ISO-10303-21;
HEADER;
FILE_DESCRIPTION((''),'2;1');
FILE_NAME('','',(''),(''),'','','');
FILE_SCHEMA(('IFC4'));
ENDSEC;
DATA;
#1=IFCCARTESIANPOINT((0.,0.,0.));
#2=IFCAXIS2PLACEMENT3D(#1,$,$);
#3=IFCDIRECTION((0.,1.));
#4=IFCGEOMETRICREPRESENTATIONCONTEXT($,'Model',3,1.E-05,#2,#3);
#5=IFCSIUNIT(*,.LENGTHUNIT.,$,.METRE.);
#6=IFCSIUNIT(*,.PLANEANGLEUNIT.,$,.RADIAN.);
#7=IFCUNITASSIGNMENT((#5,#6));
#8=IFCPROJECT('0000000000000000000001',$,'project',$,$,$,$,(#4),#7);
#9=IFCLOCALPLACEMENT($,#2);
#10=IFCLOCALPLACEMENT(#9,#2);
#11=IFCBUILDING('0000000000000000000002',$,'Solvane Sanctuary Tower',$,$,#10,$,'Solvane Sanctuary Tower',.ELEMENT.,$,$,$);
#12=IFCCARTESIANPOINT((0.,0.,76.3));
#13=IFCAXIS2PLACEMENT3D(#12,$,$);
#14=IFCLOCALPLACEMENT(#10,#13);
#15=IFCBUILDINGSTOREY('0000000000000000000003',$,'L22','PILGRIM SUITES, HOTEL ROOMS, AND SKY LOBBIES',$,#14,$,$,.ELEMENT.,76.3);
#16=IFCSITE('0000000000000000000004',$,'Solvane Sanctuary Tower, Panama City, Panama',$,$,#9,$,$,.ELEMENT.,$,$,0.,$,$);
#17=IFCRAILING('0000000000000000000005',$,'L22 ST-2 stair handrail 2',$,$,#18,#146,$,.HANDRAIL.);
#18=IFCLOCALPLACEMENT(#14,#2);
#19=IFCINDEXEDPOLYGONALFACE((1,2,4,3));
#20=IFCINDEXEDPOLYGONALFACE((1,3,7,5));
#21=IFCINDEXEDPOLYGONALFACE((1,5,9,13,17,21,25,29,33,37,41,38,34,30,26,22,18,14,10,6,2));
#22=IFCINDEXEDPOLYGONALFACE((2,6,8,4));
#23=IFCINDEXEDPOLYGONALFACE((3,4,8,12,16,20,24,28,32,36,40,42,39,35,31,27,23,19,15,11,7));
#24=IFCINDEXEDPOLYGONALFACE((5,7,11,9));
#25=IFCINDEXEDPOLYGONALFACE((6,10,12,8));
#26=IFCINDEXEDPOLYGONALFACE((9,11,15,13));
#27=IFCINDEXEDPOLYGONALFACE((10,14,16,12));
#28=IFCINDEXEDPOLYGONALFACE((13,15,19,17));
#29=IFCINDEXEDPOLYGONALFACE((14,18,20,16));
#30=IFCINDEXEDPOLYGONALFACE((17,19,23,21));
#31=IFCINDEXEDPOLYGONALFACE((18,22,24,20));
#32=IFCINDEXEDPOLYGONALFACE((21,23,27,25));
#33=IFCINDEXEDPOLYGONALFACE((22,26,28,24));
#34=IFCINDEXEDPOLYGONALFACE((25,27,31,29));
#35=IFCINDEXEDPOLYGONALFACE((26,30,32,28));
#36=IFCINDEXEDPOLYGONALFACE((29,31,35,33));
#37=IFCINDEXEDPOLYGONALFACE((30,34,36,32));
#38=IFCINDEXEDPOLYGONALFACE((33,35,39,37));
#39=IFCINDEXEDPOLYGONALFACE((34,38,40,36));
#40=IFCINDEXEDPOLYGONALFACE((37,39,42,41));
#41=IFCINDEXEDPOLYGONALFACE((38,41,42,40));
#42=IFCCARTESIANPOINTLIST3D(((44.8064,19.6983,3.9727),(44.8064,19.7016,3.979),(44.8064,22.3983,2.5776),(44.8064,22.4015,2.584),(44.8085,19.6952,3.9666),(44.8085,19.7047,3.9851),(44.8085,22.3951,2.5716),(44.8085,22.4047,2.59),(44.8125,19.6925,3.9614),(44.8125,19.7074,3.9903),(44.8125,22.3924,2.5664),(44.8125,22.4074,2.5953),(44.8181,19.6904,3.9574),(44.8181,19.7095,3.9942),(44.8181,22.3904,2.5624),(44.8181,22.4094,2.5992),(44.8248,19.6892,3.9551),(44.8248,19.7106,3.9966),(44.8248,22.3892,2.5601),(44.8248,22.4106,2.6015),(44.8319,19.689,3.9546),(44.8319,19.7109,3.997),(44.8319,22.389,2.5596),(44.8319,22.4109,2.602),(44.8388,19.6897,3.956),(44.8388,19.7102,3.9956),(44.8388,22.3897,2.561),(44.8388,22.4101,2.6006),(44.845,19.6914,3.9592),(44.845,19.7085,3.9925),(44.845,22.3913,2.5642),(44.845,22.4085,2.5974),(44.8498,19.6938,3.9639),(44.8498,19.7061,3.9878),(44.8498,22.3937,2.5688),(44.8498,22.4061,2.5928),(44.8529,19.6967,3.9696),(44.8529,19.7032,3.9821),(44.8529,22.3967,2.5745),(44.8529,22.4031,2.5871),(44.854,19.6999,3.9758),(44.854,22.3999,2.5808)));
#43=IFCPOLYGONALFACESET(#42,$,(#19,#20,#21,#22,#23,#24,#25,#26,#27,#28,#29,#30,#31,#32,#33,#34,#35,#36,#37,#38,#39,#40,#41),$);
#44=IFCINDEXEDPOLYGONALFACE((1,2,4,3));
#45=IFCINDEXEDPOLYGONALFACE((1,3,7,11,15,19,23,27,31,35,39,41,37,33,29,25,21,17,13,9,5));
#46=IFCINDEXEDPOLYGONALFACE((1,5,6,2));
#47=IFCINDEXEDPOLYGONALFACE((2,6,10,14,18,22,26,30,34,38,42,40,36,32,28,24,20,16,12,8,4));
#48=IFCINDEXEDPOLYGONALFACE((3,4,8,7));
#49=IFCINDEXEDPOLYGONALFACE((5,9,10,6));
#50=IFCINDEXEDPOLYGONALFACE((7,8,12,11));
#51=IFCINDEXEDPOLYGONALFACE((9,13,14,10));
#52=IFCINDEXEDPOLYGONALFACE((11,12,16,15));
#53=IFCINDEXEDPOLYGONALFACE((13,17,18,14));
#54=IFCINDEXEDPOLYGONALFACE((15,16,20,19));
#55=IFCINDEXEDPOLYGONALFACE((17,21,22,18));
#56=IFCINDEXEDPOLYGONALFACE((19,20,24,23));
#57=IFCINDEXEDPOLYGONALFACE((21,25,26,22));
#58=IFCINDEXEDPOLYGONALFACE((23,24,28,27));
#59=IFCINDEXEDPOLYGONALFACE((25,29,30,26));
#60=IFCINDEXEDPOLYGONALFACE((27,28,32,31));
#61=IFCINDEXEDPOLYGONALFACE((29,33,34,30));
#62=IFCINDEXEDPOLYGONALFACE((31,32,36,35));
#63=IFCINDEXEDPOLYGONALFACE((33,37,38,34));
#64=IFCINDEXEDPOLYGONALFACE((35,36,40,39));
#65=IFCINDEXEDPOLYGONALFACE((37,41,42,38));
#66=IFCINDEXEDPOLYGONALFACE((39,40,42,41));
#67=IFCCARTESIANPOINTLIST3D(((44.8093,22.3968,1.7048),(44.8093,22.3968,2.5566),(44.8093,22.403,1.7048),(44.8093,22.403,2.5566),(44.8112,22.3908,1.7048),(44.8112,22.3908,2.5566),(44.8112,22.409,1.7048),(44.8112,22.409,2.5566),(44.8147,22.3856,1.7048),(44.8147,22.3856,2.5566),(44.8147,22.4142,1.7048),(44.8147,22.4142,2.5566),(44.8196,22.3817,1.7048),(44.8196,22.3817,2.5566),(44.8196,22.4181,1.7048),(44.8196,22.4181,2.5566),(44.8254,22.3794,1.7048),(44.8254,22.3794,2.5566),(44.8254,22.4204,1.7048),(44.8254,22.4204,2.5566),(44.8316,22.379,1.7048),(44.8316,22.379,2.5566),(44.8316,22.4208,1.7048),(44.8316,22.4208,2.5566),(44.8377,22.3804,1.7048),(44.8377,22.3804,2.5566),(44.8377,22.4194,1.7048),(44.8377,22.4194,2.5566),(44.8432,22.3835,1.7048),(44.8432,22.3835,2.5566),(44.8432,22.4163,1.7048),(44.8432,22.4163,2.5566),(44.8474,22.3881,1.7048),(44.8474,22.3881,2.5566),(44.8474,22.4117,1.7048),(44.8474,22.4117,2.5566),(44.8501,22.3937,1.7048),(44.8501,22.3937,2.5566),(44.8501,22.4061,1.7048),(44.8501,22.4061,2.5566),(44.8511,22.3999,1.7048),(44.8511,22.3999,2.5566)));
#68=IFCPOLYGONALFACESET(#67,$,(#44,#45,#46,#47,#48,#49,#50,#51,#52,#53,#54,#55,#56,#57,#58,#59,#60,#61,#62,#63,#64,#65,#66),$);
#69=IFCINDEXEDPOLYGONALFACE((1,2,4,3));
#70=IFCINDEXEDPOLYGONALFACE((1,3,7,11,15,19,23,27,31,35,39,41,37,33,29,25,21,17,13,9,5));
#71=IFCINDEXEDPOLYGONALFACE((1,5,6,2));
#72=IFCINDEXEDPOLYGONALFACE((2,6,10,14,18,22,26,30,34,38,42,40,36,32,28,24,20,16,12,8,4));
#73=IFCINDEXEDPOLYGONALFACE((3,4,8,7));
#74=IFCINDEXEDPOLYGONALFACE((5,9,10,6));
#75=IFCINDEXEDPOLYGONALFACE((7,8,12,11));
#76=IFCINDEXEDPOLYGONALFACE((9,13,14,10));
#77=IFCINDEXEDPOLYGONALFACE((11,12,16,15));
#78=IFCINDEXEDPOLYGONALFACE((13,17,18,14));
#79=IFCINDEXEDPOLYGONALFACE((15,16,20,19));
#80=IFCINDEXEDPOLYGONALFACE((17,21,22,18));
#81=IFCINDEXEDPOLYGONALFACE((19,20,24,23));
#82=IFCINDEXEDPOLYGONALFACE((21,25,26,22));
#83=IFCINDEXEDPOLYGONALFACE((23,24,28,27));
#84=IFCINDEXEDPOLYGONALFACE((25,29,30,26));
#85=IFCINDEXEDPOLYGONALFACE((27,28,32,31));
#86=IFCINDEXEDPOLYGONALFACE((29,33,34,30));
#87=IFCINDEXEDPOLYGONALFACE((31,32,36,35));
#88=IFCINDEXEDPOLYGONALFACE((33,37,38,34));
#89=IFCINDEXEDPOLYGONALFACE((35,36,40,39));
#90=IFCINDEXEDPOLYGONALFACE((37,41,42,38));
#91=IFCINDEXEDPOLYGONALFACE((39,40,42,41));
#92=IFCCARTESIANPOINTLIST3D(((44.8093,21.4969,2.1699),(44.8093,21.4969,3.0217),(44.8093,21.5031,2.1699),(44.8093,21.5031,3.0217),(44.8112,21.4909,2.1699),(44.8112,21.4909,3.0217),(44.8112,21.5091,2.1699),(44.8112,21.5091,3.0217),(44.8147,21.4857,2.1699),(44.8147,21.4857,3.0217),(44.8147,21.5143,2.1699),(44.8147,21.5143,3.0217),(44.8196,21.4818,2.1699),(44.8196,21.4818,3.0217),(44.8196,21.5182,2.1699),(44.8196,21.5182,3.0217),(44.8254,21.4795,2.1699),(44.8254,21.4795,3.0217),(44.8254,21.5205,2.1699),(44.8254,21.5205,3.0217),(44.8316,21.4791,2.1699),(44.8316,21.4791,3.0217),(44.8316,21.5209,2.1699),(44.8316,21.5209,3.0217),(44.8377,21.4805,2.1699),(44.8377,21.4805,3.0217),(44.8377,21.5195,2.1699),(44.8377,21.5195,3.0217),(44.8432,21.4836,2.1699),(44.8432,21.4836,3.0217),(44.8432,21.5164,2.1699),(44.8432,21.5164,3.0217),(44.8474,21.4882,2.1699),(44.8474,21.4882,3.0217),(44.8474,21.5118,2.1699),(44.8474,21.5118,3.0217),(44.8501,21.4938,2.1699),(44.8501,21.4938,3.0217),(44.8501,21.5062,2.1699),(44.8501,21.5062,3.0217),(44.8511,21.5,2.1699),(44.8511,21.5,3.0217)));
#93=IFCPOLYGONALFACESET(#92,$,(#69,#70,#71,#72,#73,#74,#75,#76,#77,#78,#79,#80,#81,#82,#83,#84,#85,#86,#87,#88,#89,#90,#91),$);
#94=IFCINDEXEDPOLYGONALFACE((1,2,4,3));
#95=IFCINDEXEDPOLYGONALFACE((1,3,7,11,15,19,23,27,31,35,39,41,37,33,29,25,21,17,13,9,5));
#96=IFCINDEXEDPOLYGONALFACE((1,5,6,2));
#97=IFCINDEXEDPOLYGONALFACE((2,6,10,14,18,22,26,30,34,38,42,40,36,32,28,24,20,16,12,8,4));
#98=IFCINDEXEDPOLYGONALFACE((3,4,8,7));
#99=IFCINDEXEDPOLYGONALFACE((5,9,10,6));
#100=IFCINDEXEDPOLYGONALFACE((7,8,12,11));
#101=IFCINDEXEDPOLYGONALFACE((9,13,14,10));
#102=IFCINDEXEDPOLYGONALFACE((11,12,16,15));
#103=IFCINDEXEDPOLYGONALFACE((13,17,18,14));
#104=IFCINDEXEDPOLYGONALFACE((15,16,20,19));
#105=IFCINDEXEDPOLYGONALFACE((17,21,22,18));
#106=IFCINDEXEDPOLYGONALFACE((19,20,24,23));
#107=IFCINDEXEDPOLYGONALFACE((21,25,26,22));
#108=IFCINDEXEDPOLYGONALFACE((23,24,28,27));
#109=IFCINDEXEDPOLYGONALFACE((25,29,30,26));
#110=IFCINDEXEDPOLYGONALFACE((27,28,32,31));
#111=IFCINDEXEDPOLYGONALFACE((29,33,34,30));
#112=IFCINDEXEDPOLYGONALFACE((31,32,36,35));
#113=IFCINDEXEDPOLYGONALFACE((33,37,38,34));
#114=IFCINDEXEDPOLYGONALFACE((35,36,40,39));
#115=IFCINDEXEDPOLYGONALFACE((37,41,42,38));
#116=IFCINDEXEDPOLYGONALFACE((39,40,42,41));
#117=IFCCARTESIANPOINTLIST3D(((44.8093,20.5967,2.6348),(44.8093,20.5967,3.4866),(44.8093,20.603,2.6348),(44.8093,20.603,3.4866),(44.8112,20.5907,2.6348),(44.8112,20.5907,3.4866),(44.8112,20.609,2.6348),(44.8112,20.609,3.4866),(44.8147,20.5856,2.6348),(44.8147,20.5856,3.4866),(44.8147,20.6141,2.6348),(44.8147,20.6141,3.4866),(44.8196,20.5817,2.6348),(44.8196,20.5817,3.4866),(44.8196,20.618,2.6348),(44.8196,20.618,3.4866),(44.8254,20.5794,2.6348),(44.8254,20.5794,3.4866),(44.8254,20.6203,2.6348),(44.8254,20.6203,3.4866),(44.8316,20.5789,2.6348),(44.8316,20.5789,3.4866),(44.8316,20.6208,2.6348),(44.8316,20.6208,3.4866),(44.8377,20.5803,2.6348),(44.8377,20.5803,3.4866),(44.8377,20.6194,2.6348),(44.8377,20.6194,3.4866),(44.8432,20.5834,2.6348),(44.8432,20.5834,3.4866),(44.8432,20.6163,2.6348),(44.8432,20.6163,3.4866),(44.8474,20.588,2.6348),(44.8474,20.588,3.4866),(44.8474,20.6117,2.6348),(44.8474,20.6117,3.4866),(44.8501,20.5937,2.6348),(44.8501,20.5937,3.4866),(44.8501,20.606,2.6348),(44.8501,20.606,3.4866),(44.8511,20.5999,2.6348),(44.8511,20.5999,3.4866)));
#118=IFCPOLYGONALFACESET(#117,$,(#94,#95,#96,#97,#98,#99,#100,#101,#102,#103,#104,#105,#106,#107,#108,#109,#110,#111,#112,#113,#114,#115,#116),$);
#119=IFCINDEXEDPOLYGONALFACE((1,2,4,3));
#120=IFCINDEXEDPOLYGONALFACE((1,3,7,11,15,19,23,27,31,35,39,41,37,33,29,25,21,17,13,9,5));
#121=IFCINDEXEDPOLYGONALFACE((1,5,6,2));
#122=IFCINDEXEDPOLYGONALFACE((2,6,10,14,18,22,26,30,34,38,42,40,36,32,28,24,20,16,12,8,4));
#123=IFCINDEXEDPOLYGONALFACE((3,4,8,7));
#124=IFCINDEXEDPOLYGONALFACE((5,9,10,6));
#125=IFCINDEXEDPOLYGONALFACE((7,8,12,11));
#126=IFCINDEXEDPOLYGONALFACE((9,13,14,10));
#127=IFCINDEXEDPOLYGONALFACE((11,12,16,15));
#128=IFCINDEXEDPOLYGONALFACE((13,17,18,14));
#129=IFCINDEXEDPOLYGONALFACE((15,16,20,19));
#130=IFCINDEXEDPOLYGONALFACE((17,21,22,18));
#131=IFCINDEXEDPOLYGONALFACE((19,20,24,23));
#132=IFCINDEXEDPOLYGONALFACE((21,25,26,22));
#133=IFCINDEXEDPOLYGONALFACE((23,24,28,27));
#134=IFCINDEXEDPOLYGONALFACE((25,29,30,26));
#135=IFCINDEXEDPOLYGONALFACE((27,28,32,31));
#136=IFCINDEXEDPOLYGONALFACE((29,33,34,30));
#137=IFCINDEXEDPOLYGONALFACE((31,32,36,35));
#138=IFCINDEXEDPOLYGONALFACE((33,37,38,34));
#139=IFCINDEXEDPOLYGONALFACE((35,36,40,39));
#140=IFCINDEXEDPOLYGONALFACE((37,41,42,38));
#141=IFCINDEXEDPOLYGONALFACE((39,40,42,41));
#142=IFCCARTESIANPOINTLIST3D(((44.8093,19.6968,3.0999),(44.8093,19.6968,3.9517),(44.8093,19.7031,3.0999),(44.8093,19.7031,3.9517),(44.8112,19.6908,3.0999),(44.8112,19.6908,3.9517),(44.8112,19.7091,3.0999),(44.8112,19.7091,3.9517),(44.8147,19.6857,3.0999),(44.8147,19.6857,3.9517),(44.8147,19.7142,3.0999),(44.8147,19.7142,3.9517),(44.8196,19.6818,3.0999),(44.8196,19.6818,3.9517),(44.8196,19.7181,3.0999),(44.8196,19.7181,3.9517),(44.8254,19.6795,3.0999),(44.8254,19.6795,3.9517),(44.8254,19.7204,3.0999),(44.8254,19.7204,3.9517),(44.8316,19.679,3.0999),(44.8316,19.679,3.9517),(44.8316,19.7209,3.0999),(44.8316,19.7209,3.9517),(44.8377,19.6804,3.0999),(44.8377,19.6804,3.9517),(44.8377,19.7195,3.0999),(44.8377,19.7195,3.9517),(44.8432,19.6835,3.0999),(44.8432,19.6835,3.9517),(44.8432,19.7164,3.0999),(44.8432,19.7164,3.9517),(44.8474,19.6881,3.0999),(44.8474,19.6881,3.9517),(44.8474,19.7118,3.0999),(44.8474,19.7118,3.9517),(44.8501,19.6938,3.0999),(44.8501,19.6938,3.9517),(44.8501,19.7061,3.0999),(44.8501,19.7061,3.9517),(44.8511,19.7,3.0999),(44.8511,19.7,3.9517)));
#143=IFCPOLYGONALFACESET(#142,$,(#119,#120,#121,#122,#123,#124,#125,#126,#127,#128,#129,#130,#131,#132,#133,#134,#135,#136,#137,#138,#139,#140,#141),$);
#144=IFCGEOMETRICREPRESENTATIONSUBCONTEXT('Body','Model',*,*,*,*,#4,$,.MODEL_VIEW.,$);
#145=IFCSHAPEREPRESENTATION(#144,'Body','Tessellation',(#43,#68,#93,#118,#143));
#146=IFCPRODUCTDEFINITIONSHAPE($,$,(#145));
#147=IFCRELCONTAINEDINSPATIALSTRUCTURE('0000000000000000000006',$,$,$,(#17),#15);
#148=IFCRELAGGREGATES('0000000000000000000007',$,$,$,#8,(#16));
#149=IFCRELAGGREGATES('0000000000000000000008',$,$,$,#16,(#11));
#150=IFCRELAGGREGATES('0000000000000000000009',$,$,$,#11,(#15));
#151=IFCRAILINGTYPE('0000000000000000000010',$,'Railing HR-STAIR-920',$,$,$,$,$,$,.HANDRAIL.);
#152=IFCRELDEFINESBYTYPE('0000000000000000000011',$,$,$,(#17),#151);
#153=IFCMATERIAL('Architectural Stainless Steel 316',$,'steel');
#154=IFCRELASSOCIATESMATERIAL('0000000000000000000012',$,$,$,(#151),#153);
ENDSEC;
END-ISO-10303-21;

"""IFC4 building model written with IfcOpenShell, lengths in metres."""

from ifc_helpers import new_model, si_unit, direction, frame, origin, origin_2d, place, context, subcontext, project, spatial, circle, extrude, material, type_object, element, save


model = new_model("IFC4")

# Units and contexts
model_context = context("Model", 3, precision=1e-05, world=origin(), true_north=direction((0.0, 1.0)))
body_context = subcontext(model_context, "Body", "Model", "MODEL_VIEW")
ifc_project = project(units=[si_unit("LENGTHUNIT", "METRE"), si_unit("PLANEANGLEUNIT", "RADIAN")], contexts=[model_context])

# Site, building, storey
site_placement = place(None, origin())
site = spatial("IfcSite", under=ifc_project, at=site_placement, Name="Solvane Sanctuary Tower, Panama City, Panama", CompositionType="ELEMENT", RefElevation=0.0)
building_placement = place(site_placement, origin())
building = spatial("IfcBuilding", under=site, at=building_placement, Name="Solvane Sanctuary Tower", LongName="Solvane Sanctuary Tower", CompositionType="ELEMENT")
storey_placement = place(building_placement, frame((0.0, 0.0, 76.3)))
storey = spatial("IfcBuildingStorey", under=building, at=storey_placement, Name="L22", Description="PILGRIM SUITES, HOTEL ROOMS, AND SKY LOBBIES", CompositionType="ELEMENT", Elevation=76.3)

# Shared definitions
ifc_material_1 = material(Name="Architectural Stainless Steel 316", Category="steel")

# Railing
railing_type_1 = type_object("IfcRailingType", Name="Railing HR-STAIR-920", PredefinedType="HANDRAIL", material=ifc_material_1)
railing_1_placement = place(storey_placement, frame((44.8301, 22.3999, 1.7048)))
element("IfcRailing", 1, at=railing_1_placement, inside=storey, type_object=railing_type_1, Name="L22 ST-2 stair handrail 2", PredefinedType="HANDRAIL", context=body_context, shape_type="SweptSolid", body=[
    extrude(circle(Radius=0.0239, at=origin_2d()), frame((0.0, 0.0, 0.876), z_axis=(0.0, -0.88842, 0.459032), x_axis=(1.0, 0.0, 0.0)), (0.0, 0.0, 1.0), 3.0391),
    extrude(circle(Radius=0.021, at=origin_2d()), origin(), (0.0, 0.0, 1.0), 0.8518),
    extrude(circle(Radius=0.021, at=origin_2d()), frame((0.0, -0.8999, 0.4651)), (0.0, 0.0, 1.0), 0.8518),
    extrude(circle(Radius=0.021, at=origin_2d()), frame((0.0, -1.8, 0.9299)), (0.0, 0.0, 1.0), 0.8518),
    extrude(circle(Radius=0.021, at=origin_2d()), frame((0.0, -2.7, 1.395)), (0.0, 0.0, 1.0), 0.8518),
])

save(model, "model.ifc")
